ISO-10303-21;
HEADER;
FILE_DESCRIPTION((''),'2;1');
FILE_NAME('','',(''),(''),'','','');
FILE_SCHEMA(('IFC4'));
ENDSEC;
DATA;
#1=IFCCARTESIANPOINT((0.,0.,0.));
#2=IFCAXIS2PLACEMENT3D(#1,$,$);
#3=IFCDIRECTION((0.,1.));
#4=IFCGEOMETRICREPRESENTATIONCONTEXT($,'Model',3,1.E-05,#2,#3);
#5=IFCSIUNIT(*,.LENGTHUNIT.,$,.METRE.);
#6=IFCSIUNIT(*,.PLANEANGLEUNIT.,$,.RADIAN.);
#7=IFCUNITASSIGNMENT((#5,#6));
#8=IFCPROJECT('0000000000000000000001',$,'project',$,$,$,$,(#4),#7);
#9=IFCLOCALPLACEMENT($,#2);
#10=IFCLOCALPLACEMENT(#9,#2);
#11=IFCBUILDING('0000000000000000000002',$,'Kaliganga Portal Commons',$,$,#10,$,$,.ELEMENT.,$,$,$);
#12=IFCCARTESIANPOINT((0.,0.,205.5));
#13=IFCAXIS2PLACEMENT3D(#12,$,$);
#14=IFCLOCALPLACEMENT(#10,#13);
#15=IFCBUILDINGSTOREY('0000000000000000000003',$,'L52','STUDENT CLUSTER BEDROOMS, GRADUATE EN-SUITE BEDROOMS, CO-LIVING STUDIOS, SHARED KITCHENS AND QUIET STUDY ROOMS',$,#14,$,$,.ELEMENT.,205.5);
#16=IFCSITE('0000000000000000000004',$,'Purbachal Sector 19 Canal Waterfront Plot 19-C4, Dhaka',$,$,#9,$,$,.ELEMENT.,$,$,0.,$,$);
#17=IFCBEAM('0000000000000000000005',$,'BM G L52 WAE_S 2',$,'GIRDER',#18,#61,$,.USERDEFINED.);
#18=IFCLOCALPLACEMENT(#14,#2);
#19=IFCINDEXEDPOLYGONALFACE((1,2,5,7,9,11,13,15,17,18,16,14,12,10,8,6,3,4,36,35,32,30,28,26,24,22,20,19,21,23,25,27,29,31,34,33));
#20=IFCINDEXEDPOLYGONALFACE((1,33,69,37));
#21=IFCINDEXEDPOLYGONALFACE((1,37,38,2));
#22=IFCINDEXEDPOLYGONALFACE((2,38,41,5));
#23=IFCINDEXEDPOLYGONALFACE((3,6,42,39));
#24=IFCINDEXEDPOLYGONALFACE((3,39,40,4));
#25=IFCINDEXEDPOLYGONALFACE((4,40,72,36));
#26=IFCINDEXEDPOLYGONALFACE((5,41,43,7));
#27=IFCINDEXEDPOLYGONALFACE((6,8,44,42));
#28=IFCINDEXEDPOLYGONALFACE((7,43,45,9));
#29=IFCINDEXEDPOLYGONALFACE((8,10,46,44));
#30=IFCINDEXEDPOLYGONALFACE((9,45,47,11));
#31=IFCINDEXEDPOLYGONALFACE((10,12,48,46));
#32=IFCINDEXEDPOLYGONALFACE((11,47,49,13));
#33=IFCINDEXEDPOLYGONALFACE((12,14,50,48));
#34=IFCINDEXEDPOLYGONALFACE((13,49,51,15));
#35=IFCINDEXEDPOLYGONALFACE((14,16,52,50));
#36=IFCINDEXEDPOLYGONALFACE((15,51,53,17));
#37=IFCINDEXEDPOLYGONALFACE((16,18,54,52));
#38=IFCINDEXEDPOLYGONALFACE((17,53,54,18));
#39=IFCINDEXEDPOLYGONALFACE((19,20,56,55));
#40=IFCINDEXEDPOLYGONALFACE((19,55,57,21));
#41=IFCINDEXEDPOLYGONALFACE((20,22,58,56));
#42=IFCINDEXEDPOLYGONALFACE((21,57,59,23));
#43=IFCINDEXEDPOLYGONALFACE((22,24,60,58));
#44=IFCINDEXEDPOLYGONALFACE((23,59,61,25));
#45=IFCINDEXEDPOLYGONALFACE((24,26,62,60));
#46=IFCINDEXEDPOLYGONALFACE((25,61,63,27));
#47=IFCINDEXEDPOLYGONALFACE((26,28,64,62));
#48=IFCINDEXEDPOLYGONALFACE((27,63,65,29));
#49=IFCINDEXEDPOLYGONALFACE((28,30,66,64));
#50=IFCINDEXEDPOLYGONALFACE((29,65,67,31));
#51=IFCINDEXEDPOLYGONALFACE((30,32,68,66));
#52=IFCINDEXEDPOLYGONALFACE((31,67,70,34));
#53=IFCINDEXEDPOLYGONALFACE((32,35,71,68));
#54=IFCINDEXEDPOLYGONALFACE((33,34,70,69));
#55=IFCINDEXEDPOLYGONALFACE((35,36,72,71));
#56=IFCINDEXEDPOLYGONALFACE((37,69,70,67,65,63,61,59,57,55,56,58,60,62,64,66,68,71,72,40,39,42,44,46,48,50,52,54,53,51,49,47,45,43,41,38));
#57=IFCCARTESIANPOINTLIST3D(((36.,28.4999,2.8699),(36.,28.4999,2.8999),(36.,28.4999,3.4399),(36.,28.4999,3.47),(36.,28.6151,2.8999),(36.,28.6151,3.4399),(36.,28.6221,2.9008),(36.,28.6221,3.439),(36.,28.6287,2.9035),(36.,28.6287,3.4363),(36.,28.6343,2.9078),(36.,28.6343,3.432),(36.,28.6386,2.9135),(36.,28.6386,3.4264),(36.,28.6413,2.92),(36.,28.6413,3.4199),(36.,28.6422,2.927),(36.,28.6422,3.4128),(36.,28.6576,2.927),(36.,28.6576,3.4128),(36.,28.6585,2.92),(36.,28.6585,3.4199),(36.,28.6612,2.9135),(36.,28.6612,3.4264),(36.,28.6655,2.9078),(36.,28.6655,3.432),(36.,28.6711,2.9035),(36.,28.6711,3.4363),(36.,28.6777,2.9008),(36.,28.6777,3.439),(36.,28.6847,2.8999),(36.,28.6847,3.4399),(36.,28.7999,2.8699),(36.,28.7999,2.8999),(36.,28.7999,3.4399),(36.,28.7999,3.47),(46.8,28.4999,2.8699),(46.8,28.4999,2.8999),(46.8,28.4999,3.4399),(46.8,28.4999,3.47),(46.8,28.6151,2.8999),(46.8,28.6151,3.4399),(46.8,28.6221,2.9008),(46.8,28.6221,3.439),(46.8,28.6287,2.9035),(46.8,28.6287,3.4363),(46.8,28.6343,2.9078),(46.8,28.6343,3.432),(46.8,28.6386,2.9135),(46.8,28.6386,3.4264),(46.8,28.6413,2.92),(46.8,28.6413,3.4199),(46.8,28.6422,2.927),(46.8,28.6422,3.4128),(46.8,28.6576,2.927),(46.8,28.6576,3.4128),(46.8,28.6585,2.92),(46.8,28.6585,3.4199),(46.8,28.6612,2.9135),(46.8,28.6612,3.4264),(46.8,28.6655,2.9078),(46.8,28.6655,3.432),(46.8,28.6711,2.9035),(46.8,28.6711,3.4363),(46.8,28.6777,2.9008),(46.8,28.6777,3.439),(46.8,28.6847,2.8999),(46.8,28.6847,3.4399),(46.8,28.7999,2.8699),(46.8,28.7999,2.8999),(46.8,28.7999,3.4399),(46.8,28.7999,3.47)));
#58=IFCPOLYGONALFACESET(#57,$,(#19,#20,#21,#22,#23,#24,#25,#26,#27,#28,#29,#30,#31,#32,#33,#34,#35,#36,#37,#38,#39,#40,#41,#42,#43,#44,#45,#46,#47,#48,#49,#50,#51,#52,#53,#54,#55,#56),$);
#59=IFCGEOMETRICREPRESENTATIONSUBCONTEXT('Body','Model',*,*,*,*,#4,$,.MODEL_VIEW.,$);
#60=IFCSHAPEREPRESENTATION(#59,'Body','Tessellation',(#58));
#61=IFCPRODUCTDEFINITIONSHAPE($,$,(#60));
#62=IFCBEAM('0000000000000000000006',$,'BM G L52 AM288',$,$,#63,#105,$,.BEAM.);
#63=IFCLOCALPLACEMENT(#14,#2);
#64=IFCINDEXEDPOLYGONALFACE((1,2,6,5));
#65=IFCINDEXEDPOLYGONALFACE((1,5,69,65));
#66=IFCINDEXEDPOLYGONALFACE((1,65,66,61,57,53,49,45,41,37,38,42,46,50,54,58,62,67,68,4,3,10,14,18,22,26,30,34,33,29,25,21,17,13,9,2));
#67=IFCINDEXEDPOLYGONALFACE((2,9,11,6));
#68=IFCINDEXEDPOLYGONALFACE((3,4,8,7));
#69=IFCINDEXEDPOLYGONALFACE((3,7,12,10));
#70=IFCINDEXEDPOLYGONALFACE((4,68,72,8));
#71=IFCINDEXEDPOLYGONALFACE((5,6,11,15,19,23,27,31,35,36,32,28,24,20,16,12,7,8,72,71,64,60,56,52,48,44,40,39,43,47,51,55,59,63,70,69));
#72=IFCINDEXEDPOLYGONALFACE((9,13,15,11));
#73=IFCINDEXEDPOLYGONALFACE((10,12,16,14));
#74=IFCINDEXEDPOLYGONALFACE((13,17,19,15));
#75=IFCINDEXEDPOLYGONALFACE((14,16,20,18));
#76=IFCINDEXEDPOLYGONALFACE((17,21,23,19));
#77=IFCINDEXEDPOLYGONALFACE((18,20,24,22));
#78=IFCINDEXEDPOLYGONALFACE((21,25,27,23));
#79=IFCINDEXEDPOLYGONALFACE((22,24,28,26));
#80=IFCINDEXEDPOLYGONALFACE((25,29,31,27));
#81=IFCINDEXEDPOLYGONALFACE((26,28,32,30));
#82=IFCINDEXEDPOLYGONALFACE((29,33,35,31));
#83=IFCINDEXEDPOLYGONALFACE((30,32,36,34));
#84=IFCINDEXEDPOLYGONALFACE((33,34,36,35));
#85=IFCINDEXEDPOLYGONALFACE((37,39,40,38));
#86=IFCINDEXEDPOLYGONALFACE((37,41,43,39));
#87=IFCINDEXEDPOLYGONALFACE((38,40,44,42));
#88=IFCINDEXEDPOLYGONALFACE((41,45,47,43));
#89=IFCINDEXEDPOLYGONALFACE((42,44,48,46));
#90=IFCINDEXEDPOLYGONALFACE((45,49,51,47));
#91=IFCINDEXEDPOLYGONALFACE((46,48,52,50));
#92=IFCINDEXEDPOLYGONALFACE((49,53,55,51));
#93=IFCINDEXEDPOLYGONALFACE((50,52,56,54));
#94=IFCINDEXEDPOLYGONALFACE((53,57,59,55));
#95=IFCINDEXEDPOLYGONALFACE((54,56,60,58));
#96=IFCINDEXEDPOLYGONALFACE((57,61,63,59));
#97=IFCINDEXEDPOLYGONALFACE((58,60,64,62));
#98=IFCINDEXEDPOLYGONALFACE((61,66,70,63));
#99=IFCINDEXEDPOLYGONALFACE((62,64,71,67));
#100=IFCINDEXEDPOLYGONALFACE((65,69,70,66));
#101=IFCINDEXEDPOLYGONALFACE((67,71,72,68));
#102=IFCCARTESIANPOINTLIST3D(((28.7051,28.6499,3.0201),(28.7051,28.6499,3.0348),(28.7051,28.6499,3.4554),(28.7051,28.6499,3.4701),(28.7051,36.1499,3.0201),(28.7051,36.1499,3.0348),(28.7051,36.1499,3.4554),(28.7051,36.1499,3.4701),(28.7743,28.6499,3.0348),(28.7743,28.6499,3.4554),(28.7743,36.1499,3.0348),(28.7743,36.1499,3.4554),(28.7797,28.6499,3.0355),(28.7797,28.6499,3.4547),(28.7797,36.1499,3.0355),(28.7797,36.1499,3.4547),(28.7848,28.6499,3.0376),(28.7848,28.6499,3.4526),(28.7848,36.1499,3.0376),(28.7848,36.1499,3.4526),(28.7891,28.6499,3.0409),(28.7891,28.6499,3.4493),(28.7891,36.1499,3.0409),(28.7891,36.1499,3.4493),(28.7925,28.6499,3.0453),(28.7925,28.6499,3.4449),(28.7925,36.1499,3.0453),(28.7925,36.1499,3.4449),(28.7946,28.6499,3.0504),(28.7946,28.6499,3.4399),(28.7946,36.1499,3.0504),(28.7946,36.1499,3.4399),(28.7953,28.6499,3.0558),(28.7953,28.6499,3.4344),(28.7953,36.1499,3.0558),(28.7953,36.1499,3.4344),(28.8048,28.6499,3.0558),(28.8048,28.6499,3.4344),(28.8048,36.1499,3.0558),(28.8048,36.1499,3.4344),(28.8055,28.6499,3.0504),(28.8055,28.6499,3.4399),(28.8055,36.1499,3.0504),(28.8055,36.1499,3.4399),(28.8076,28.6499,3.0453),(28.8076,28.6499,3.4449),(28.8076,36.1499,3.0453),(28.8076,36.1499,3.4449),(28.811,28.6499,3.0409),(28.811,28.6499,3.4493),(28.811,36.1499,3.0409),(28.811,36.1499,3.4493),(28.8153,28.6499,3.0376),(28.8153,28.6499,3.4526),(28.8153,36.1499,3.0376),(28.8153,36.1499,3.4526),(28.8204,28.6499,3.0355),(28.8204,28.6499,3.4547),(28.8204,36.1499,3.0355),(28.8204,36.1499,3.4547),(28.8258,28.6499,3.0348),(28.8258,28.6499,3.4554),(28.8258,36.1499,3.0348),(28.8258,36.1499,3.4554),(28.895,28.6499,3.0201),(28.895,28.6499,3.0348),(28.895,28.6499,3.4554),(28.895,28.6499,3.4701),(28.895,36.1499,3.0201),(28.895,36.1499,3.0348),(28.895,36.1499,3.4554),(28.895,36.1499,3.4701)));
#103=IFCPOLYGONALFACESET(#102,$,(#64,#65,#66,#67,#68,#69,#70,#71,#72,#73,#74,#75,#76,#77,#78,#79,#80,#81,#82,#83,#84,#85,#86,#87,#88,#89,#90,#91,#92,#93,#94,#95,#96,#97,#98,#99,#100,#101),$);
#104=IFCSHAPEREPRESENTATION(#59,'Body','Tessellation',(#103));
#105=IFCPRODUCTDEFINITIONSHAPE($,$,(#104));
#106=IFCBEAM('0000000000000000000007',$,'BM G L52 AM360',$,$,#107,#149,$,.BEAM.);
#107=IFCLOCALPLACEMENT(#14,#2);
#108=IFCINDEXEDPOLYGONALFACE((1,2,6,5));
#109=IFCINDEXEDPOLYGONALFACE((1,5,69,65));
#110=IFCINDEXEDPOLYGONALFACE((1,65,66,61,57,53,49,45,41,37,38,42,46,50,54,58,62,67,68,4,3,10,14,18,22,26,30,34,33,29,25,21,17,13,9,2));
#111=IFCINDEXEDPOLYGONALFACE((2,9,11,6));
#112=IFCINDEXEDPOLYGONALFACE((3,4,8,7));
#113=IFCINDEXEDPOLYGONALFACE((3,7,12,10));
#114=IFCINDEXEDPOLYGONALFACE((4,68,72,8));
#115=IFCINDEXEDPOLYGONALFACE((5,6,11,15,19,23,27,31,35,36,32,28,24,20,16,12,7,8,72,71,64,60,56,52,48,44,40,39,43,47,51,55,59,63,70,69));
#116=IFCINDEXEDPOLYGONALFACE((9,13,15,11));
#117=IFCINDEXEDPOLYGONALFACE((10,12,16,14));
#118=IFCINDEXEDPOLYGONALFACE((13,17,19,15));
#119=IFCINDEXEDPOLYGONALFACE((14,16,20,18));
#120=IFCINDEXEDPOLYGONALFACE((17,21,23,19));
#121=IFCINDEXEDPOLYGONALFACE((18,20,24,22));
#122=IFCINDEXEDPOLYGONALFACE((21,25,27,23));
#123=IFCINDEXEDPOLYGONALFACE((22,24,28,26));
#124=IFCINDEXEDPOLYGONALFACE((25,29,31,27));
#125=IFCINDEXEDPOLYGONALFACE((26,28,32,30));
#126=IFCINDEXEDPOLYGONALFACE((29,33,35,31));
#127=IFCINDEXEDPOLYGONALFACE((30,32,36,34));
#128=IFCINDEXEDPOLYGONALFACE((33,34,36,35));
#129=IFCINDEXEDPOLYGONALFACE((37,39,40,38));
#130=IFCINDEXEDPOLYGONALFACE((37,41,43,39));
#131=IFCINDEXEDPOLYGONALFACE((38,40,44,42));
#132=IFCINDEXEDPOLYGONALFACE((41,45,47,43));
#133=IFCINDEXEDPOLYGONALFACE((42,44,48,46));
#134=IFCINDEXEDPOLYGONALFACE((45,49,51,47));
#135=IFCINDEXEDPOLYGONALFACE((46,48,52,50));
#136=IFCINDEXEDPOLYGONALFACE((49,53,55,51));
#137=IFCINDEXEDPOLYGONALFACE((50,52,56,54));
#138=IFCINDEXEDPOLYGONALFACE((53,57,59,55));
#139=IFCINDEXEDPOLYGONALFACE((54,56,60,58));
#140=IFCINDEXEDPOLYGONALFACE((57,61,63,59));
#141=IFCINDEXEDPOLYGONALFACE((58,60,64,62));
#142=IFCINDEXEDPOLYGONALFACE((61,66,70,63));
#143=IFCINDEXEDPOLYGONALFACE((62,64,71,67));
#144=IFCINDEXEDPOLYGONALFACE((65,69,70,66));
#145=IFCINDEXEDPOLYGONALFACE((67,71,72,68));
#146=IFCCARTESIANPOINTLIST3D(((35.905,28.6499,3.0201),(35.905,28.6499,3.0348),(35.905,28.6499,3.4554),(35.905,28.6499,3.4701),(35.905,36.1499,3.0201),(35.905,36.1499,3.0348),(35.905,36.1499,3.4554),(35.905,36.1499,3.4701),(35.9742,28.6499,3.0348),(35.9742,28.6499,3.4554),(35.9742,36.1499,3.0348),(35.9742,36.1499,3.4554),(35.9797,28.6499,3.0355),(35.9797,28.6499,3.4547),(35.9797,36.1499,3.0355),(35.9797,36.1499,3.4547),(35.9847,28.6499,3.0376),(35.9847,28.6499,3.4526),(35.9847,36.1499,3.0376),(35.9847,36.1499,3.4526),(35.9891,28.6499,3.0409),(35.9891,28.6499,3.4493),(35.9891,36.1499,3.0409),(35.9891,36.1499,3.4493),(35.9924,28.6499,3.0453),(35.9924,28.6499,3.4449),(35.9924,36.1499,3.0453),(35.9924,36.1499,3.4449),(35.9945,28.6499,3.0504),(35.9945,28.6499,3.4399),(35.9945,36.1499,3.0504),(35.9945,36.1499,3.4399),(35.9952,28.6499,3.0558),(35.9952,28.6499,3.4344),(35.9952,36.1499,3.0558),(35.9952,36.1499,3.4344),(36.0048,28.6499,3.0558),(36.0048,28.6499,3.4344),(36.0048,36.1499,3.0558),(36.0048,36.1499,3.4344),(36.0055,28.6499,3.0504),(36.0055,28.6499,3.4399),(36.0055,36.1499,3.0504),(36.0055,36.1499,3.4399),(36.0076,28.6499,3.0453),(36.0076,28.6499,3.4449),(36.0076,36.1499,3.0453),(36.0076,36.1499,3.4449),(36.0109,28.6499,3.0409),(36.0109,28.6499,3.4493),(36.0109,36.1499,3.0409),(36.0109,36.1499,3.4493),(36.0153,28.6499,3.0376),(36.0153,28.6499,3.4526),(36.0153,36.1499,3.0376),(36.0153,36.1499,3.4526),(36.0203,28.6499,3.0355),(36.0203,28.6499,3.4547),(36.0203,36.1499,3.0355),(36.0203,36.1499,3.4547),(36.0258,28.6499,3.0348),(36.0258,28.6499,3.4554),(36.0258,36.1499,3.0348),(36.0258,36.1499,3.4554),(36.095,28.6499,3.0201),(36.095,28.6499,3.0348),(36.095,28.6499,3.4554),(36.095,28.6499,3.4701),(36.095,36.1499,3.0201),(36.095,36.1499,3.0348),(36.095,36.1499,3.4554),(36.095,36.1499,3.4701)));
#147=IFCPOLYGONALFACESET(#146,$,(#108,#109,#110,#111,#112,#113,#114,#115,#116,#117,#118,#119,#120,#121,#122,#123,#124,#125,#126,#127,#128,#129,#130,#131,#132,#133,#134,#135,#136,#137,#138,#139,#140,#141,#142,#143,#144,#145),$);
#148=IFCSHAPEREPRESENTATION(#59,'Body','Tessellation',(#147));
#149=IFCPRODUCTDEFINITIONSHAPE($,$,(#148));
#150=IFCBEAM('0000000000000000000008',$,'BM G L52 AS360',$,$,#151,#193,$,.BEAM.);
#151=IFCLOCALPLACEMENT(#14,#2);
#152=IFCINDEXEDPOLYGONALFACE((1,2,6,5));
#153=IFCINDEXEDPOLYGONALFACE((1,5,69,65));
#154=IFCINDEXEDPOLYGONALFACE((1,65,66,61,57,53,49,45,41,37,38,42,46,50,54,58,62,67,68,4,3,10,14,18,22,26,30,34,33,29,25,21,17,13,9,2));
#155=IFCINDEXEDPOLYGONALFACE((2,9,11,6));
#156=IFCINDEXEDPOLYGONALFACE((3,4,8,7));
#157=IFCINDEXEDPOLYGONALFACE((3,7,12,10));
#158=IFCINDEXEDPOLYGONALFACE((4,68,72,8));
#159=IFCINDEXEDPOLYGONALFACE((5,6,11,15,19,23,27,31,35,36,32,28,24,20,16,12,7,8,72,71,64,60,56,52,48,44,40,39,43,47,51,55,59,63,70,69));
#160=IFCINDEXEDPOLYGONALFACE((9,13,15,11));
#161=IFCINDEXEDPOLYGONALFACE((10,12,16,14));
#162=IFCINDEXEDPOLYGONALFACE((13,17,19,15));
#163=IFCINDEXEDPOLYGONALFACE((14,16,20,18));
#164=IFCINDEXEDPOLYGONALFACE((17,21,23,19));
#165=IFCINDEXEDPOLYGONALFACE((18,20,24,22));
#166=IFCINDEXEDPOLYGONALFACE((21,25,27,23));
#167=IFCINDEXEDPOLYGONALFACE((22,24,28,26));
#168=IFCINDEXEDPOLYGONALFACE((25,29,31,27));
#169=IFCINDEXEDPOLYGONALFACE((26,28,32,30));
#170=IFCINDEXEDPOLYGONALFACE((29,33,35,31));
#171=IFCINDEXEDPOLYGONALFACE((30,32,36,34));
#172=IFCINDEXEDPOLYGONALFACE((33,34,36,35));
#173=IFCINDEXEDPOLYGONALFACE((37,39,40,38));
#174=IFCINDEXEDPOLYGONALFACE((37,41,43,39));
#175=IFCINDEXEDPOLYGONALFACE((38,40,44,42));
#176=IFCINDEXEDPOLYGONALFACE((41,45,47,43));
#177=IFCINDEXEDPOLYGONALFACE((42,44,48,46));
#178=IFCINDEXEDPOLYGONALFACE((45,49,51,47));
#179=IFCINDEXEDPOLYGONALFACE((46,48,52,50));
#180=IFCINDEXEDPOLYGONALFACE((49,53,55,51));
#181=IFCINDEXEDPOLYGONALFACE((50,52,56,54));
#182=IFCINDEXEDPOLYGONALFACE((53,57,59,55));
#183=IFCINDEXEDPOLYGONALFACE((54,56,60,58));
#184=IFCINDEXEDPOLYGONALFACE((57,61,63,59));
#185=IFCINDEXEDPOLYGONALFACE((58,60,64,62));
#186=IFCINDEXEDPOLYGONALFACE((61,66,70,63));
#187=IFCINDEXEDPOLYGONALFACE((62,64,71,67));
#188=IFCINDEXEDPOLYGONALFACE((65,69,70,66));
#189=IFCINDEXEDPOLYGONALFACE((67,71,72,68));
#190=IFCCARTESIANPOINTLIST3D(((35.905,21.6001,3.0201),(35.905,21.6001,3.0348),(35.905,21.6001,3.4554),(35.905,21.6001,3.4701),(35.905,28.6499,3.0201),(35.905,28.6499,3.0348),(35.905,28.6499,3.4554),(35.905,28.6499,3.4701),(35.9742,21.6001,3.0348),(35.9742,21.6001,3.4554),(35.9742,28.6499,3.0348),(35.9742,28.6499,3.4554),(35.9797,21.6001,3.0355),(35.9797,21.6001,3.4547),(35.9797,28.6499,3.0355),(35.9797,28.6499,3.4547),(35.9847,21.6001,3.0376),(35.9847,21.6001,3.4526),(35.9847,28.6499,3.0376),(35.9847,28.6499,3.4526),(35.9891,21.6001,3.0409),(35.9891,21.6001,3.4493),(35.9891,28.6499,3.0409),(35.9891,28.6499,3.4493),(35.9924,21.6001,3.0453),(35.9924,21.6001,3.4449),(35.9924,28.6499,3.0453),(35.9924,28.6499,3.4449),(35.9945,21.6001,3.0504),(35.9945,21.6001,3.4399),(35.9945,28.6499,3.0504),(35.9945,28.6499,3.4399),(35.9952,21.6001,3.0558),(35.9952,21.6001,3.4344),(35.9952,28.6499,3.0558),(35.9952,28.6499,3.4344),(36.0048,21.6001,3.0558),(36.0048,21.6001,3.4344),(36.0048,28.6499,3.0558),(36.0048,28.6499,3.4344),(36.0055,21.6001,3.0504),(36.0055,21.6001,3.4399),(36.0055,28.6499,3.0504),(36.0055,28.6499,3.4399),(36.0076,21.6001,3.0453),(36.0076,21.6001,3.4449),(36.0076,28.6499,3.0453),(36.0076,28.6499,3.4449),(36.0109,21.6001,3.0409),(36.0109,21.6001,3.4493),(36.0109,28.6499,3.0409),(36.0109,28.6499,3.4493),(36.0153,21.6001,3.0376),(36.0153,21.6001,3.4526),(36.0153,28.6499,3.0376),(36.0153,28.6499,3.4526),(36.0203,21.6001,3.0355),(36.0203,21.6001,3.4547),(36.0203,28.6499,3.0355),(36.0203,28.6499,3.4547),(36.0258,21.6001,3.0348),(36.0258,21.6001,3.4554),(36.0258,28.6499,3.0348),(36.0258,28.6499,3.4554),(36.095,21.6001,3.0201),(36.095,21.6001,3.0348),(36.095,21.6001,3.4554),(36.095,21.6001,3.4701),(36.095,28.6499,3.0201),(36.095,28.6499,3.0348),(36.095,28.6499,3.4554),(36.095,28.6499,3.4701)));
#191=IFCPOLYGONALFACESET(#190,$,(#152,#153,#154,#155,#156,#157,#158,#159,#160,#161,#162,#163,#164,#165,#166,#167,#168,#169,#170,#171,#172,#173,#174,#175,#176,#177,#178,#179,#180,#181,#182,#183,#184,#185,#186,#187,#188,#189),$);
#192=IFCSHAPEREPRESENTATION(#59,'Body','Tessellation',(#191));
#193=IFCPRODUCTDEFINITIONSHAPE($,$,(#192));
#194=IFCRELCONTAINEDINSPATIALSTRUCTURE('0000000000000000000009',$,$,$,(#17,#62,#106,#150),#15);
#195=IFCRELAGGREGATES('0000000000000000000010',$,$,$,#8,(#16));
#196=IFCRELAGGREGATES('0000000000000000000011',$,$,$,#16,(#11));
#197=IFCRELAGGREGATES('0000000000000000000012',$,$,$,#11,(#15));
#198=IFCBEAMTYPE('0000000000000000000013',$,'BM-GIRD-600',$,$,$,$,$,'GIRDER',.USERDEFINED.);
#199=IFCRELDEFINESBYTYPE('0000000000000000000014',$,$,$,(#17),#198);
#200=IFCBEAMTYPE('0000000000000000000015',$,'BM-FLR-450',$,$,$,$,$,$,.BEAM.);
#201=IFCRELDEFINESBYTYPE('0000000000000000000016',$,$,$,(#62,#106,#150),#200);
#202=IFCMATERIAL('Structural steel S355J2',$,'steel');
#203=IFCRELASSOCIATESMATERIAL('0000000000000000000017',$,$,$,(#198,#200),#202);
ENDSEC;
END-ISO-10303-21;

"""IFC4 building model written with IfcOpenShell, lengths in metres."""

from ifc_helpers import new_model, si_unit, direction, frame, origin, origin_2d, place, context, subcontext, project, spatial, i_section, extrude, source, transform, mapped, material, material_profile, profile_set, type_object, element, save


model = new_model("IFC4")

# Units and contexts
model_context = context("Model", 3, precision=1e-05, world=origin(), true_north=direction((0.0, 1.0)))
body_context = subcontext(model_context, "Body", "Model", "MODEL_VIEW")
ifc_project = project(units=[si_unit("LENGTHUNIT", "METRE"), si_unit("PLANEANGLEUNIT", "RADIAN")], contexts=[model_context])

# Site, building, storey
site_placement = place(None, origin())
site = spatial("IfcSite", under=ifc_project, at=site_placement, Name="Purbachal Sector 19 Canal Waterfront Plot 19-C4, Dhaka", CompositionType="ELEMENT", RefElevation=0.0)
building_placement = place(site_placement, origin())
building = spatial("IfcBuilding", under=site, at=building_placement, Name="Kaliganga Portal Commons", CompositionType="ELEMENT")
storey_placement = place(building_placement, frame((0.0, 0.0, 205.5)))
storey = spatial("IfcBuildingStorey", under=building, at=storey_placement, Name="L52", Description="STUDENT CLUSTER BEDROOMS, GRADUATE EN-SUITE BEDROOMS, CO-LIVING STUDIOS, SHARED KITCHENS AND QUIET STUDY ROOMS", CompositionType="ELEMENT", Elevation=205.5)

# Beams
ifc_material_1 = material(Name="Structural steel S355J2", Category="steel")
ifc_material_profile_1 = material_profile(ifc_material_1, i_section(OverallWidth=0.3, OverallDepth=0.6001, WebThickness=0.0154, FlangeThickness=0.03, FilletRadius=0.0271, at=origin_2d()), Name="HE 600 B")
ifc_profile_set_1 = profile_set([ifc_material_profile_1], Name="Structural steel S355J2 wide-flange")
beam_type_1 = type_object("IfcBeamType", Name="BM-GIRD-600", ElementType="GIRDER", PredefinedType="USERDEFINED", material=ifc_profile_set_1)
shared_shape_1 = source(origin(), body_context, "Body", "SweptSolid", [
    extrude(i_section(OverallWidth=0.3, OverallDepth=0.6001, WebThickness=0.0154, FlangeThickness=0.03, FilletRadius=0.0271, at=origin_2d()), origin(), (0.0, 0.0, 1.0), 10.8),
])
beam_1_placement = place(storey_placement, frame((36.0, 28.6499, 3.1699), z_axis=(1.0, 0.0, 0.0), x_axis=(0.0, 1.0, 0.0)))
element("IfcBeam", 1, at=beam_1_placement, inside=storey, type_object=beam_type_1, Name="BM G L52 WAE_S 2", ObjectType="GIRDER", PredefinedType="USERDEFINED", context=body_context, shape_type="MappedRepresentation", body=[
    mapped(shared_shape_1, transform((0.0, 0.0, 0.0), x_axis=(1.0, 0.0, 0.0), y_axis=(0.0, 1.0, 0.0), z_axis=(0.0, 0.0, 1.0), scale=1.0)),
])
ifc_material_profile_2 = material_profile(ifc_material_1, i_section(OverallWidth=0.1899, OverallDepth=0.45, WebThickness=0.0095, FlangeThickness=0.0146, FilletRadius=0.021, at=origin_2d()), Name="IPE 450")
ifc_profile_set_2 = profile_set([ifc_material_profile_2], Name="Structural steel S355J2 wide-flange")
beam_type_2 = type_object("IfcBeamType", Name="BM-FLR-450", PredefinedType="BEAM", material=ifc_profile_set_2)
shared_shape_2 = source(origin(), body_context, "Body", "SweptSolid", [
    extrude(i_section(OverallWidth=0.1899, OverallDepth=0.45, WebThickness=0.0095, FlangeThickness=0.0146, FilletRadius=0.021, at=origin_2d()), origin(), (0.0, 0.0, 1.0), 7.5),
])
for number, where, z_axis, x_axis, name in (
    (2, (28.8, 28.6499, 3.2451), (0.0, 1.0, 0.0), (-1.0, 0.0, 0.0), "BM G L52 AM288"),
    (3, (36.0, 28.6499, 3.2451), (0.0, 1.0, 0.0), (-1.0, 0.0, 0.0), "BM G L52 AM360"),
):
    element("IfcBeam", number, at=place(storey_placement, frame(where, z_axis=z_axis, x_axis=x_axis)), inside=storey, type_object=beam_type_2, Name=name, PredefinedType="BEAM", context=body_context, shape_type="MappedRepresentation", body=[
        mapped(shared_shape_2, transform((0.0, 0.0, 0.0), x_axis=(1.0, 0.0, 0.0), y_axis=(0.0, 1.0, 0.0), z_axis=(0.0, 0.0, 1.0), scale=1.0)),
    ])
shared_shape_3 = source(origin(), body_context, "Body", "SweptSolid", [
    extrude(i_section(OverallWidth=0.1899, OverallDepth=0.45, WebThickness=0.0095, FlangeThickness=0.0146, FilletRadius=0.021, at=origin_2d()), origin(), (0.0, 0.0, 1.0), 7.0498),
])
beam_2_placement = place(storey_placement, frame((36.0, 21.6001, 3.2451), z_axis=(0.0, 1.0, 0.0), x_axis=(-1.0, 0.0, 0.0)))
element("IfcBeam", 4, at=beam_2_placement, inside=storey, type_object=beam_type_2, Name="BM G L52 AS360", PredefinedType="BEAM", context=body_context, shape_type="MappedRepresentation", body=[
    mapped(shared_shape_3, transform((0.0, 0.0, 0.0), x_axis=(1.0, 0.0, 0.0), y_axis=(0.0, 1.0, 0.0), z_axis=(0.0, 0.0, 1.0), scale=1.0)),
])

save(model, "model.ifc")
